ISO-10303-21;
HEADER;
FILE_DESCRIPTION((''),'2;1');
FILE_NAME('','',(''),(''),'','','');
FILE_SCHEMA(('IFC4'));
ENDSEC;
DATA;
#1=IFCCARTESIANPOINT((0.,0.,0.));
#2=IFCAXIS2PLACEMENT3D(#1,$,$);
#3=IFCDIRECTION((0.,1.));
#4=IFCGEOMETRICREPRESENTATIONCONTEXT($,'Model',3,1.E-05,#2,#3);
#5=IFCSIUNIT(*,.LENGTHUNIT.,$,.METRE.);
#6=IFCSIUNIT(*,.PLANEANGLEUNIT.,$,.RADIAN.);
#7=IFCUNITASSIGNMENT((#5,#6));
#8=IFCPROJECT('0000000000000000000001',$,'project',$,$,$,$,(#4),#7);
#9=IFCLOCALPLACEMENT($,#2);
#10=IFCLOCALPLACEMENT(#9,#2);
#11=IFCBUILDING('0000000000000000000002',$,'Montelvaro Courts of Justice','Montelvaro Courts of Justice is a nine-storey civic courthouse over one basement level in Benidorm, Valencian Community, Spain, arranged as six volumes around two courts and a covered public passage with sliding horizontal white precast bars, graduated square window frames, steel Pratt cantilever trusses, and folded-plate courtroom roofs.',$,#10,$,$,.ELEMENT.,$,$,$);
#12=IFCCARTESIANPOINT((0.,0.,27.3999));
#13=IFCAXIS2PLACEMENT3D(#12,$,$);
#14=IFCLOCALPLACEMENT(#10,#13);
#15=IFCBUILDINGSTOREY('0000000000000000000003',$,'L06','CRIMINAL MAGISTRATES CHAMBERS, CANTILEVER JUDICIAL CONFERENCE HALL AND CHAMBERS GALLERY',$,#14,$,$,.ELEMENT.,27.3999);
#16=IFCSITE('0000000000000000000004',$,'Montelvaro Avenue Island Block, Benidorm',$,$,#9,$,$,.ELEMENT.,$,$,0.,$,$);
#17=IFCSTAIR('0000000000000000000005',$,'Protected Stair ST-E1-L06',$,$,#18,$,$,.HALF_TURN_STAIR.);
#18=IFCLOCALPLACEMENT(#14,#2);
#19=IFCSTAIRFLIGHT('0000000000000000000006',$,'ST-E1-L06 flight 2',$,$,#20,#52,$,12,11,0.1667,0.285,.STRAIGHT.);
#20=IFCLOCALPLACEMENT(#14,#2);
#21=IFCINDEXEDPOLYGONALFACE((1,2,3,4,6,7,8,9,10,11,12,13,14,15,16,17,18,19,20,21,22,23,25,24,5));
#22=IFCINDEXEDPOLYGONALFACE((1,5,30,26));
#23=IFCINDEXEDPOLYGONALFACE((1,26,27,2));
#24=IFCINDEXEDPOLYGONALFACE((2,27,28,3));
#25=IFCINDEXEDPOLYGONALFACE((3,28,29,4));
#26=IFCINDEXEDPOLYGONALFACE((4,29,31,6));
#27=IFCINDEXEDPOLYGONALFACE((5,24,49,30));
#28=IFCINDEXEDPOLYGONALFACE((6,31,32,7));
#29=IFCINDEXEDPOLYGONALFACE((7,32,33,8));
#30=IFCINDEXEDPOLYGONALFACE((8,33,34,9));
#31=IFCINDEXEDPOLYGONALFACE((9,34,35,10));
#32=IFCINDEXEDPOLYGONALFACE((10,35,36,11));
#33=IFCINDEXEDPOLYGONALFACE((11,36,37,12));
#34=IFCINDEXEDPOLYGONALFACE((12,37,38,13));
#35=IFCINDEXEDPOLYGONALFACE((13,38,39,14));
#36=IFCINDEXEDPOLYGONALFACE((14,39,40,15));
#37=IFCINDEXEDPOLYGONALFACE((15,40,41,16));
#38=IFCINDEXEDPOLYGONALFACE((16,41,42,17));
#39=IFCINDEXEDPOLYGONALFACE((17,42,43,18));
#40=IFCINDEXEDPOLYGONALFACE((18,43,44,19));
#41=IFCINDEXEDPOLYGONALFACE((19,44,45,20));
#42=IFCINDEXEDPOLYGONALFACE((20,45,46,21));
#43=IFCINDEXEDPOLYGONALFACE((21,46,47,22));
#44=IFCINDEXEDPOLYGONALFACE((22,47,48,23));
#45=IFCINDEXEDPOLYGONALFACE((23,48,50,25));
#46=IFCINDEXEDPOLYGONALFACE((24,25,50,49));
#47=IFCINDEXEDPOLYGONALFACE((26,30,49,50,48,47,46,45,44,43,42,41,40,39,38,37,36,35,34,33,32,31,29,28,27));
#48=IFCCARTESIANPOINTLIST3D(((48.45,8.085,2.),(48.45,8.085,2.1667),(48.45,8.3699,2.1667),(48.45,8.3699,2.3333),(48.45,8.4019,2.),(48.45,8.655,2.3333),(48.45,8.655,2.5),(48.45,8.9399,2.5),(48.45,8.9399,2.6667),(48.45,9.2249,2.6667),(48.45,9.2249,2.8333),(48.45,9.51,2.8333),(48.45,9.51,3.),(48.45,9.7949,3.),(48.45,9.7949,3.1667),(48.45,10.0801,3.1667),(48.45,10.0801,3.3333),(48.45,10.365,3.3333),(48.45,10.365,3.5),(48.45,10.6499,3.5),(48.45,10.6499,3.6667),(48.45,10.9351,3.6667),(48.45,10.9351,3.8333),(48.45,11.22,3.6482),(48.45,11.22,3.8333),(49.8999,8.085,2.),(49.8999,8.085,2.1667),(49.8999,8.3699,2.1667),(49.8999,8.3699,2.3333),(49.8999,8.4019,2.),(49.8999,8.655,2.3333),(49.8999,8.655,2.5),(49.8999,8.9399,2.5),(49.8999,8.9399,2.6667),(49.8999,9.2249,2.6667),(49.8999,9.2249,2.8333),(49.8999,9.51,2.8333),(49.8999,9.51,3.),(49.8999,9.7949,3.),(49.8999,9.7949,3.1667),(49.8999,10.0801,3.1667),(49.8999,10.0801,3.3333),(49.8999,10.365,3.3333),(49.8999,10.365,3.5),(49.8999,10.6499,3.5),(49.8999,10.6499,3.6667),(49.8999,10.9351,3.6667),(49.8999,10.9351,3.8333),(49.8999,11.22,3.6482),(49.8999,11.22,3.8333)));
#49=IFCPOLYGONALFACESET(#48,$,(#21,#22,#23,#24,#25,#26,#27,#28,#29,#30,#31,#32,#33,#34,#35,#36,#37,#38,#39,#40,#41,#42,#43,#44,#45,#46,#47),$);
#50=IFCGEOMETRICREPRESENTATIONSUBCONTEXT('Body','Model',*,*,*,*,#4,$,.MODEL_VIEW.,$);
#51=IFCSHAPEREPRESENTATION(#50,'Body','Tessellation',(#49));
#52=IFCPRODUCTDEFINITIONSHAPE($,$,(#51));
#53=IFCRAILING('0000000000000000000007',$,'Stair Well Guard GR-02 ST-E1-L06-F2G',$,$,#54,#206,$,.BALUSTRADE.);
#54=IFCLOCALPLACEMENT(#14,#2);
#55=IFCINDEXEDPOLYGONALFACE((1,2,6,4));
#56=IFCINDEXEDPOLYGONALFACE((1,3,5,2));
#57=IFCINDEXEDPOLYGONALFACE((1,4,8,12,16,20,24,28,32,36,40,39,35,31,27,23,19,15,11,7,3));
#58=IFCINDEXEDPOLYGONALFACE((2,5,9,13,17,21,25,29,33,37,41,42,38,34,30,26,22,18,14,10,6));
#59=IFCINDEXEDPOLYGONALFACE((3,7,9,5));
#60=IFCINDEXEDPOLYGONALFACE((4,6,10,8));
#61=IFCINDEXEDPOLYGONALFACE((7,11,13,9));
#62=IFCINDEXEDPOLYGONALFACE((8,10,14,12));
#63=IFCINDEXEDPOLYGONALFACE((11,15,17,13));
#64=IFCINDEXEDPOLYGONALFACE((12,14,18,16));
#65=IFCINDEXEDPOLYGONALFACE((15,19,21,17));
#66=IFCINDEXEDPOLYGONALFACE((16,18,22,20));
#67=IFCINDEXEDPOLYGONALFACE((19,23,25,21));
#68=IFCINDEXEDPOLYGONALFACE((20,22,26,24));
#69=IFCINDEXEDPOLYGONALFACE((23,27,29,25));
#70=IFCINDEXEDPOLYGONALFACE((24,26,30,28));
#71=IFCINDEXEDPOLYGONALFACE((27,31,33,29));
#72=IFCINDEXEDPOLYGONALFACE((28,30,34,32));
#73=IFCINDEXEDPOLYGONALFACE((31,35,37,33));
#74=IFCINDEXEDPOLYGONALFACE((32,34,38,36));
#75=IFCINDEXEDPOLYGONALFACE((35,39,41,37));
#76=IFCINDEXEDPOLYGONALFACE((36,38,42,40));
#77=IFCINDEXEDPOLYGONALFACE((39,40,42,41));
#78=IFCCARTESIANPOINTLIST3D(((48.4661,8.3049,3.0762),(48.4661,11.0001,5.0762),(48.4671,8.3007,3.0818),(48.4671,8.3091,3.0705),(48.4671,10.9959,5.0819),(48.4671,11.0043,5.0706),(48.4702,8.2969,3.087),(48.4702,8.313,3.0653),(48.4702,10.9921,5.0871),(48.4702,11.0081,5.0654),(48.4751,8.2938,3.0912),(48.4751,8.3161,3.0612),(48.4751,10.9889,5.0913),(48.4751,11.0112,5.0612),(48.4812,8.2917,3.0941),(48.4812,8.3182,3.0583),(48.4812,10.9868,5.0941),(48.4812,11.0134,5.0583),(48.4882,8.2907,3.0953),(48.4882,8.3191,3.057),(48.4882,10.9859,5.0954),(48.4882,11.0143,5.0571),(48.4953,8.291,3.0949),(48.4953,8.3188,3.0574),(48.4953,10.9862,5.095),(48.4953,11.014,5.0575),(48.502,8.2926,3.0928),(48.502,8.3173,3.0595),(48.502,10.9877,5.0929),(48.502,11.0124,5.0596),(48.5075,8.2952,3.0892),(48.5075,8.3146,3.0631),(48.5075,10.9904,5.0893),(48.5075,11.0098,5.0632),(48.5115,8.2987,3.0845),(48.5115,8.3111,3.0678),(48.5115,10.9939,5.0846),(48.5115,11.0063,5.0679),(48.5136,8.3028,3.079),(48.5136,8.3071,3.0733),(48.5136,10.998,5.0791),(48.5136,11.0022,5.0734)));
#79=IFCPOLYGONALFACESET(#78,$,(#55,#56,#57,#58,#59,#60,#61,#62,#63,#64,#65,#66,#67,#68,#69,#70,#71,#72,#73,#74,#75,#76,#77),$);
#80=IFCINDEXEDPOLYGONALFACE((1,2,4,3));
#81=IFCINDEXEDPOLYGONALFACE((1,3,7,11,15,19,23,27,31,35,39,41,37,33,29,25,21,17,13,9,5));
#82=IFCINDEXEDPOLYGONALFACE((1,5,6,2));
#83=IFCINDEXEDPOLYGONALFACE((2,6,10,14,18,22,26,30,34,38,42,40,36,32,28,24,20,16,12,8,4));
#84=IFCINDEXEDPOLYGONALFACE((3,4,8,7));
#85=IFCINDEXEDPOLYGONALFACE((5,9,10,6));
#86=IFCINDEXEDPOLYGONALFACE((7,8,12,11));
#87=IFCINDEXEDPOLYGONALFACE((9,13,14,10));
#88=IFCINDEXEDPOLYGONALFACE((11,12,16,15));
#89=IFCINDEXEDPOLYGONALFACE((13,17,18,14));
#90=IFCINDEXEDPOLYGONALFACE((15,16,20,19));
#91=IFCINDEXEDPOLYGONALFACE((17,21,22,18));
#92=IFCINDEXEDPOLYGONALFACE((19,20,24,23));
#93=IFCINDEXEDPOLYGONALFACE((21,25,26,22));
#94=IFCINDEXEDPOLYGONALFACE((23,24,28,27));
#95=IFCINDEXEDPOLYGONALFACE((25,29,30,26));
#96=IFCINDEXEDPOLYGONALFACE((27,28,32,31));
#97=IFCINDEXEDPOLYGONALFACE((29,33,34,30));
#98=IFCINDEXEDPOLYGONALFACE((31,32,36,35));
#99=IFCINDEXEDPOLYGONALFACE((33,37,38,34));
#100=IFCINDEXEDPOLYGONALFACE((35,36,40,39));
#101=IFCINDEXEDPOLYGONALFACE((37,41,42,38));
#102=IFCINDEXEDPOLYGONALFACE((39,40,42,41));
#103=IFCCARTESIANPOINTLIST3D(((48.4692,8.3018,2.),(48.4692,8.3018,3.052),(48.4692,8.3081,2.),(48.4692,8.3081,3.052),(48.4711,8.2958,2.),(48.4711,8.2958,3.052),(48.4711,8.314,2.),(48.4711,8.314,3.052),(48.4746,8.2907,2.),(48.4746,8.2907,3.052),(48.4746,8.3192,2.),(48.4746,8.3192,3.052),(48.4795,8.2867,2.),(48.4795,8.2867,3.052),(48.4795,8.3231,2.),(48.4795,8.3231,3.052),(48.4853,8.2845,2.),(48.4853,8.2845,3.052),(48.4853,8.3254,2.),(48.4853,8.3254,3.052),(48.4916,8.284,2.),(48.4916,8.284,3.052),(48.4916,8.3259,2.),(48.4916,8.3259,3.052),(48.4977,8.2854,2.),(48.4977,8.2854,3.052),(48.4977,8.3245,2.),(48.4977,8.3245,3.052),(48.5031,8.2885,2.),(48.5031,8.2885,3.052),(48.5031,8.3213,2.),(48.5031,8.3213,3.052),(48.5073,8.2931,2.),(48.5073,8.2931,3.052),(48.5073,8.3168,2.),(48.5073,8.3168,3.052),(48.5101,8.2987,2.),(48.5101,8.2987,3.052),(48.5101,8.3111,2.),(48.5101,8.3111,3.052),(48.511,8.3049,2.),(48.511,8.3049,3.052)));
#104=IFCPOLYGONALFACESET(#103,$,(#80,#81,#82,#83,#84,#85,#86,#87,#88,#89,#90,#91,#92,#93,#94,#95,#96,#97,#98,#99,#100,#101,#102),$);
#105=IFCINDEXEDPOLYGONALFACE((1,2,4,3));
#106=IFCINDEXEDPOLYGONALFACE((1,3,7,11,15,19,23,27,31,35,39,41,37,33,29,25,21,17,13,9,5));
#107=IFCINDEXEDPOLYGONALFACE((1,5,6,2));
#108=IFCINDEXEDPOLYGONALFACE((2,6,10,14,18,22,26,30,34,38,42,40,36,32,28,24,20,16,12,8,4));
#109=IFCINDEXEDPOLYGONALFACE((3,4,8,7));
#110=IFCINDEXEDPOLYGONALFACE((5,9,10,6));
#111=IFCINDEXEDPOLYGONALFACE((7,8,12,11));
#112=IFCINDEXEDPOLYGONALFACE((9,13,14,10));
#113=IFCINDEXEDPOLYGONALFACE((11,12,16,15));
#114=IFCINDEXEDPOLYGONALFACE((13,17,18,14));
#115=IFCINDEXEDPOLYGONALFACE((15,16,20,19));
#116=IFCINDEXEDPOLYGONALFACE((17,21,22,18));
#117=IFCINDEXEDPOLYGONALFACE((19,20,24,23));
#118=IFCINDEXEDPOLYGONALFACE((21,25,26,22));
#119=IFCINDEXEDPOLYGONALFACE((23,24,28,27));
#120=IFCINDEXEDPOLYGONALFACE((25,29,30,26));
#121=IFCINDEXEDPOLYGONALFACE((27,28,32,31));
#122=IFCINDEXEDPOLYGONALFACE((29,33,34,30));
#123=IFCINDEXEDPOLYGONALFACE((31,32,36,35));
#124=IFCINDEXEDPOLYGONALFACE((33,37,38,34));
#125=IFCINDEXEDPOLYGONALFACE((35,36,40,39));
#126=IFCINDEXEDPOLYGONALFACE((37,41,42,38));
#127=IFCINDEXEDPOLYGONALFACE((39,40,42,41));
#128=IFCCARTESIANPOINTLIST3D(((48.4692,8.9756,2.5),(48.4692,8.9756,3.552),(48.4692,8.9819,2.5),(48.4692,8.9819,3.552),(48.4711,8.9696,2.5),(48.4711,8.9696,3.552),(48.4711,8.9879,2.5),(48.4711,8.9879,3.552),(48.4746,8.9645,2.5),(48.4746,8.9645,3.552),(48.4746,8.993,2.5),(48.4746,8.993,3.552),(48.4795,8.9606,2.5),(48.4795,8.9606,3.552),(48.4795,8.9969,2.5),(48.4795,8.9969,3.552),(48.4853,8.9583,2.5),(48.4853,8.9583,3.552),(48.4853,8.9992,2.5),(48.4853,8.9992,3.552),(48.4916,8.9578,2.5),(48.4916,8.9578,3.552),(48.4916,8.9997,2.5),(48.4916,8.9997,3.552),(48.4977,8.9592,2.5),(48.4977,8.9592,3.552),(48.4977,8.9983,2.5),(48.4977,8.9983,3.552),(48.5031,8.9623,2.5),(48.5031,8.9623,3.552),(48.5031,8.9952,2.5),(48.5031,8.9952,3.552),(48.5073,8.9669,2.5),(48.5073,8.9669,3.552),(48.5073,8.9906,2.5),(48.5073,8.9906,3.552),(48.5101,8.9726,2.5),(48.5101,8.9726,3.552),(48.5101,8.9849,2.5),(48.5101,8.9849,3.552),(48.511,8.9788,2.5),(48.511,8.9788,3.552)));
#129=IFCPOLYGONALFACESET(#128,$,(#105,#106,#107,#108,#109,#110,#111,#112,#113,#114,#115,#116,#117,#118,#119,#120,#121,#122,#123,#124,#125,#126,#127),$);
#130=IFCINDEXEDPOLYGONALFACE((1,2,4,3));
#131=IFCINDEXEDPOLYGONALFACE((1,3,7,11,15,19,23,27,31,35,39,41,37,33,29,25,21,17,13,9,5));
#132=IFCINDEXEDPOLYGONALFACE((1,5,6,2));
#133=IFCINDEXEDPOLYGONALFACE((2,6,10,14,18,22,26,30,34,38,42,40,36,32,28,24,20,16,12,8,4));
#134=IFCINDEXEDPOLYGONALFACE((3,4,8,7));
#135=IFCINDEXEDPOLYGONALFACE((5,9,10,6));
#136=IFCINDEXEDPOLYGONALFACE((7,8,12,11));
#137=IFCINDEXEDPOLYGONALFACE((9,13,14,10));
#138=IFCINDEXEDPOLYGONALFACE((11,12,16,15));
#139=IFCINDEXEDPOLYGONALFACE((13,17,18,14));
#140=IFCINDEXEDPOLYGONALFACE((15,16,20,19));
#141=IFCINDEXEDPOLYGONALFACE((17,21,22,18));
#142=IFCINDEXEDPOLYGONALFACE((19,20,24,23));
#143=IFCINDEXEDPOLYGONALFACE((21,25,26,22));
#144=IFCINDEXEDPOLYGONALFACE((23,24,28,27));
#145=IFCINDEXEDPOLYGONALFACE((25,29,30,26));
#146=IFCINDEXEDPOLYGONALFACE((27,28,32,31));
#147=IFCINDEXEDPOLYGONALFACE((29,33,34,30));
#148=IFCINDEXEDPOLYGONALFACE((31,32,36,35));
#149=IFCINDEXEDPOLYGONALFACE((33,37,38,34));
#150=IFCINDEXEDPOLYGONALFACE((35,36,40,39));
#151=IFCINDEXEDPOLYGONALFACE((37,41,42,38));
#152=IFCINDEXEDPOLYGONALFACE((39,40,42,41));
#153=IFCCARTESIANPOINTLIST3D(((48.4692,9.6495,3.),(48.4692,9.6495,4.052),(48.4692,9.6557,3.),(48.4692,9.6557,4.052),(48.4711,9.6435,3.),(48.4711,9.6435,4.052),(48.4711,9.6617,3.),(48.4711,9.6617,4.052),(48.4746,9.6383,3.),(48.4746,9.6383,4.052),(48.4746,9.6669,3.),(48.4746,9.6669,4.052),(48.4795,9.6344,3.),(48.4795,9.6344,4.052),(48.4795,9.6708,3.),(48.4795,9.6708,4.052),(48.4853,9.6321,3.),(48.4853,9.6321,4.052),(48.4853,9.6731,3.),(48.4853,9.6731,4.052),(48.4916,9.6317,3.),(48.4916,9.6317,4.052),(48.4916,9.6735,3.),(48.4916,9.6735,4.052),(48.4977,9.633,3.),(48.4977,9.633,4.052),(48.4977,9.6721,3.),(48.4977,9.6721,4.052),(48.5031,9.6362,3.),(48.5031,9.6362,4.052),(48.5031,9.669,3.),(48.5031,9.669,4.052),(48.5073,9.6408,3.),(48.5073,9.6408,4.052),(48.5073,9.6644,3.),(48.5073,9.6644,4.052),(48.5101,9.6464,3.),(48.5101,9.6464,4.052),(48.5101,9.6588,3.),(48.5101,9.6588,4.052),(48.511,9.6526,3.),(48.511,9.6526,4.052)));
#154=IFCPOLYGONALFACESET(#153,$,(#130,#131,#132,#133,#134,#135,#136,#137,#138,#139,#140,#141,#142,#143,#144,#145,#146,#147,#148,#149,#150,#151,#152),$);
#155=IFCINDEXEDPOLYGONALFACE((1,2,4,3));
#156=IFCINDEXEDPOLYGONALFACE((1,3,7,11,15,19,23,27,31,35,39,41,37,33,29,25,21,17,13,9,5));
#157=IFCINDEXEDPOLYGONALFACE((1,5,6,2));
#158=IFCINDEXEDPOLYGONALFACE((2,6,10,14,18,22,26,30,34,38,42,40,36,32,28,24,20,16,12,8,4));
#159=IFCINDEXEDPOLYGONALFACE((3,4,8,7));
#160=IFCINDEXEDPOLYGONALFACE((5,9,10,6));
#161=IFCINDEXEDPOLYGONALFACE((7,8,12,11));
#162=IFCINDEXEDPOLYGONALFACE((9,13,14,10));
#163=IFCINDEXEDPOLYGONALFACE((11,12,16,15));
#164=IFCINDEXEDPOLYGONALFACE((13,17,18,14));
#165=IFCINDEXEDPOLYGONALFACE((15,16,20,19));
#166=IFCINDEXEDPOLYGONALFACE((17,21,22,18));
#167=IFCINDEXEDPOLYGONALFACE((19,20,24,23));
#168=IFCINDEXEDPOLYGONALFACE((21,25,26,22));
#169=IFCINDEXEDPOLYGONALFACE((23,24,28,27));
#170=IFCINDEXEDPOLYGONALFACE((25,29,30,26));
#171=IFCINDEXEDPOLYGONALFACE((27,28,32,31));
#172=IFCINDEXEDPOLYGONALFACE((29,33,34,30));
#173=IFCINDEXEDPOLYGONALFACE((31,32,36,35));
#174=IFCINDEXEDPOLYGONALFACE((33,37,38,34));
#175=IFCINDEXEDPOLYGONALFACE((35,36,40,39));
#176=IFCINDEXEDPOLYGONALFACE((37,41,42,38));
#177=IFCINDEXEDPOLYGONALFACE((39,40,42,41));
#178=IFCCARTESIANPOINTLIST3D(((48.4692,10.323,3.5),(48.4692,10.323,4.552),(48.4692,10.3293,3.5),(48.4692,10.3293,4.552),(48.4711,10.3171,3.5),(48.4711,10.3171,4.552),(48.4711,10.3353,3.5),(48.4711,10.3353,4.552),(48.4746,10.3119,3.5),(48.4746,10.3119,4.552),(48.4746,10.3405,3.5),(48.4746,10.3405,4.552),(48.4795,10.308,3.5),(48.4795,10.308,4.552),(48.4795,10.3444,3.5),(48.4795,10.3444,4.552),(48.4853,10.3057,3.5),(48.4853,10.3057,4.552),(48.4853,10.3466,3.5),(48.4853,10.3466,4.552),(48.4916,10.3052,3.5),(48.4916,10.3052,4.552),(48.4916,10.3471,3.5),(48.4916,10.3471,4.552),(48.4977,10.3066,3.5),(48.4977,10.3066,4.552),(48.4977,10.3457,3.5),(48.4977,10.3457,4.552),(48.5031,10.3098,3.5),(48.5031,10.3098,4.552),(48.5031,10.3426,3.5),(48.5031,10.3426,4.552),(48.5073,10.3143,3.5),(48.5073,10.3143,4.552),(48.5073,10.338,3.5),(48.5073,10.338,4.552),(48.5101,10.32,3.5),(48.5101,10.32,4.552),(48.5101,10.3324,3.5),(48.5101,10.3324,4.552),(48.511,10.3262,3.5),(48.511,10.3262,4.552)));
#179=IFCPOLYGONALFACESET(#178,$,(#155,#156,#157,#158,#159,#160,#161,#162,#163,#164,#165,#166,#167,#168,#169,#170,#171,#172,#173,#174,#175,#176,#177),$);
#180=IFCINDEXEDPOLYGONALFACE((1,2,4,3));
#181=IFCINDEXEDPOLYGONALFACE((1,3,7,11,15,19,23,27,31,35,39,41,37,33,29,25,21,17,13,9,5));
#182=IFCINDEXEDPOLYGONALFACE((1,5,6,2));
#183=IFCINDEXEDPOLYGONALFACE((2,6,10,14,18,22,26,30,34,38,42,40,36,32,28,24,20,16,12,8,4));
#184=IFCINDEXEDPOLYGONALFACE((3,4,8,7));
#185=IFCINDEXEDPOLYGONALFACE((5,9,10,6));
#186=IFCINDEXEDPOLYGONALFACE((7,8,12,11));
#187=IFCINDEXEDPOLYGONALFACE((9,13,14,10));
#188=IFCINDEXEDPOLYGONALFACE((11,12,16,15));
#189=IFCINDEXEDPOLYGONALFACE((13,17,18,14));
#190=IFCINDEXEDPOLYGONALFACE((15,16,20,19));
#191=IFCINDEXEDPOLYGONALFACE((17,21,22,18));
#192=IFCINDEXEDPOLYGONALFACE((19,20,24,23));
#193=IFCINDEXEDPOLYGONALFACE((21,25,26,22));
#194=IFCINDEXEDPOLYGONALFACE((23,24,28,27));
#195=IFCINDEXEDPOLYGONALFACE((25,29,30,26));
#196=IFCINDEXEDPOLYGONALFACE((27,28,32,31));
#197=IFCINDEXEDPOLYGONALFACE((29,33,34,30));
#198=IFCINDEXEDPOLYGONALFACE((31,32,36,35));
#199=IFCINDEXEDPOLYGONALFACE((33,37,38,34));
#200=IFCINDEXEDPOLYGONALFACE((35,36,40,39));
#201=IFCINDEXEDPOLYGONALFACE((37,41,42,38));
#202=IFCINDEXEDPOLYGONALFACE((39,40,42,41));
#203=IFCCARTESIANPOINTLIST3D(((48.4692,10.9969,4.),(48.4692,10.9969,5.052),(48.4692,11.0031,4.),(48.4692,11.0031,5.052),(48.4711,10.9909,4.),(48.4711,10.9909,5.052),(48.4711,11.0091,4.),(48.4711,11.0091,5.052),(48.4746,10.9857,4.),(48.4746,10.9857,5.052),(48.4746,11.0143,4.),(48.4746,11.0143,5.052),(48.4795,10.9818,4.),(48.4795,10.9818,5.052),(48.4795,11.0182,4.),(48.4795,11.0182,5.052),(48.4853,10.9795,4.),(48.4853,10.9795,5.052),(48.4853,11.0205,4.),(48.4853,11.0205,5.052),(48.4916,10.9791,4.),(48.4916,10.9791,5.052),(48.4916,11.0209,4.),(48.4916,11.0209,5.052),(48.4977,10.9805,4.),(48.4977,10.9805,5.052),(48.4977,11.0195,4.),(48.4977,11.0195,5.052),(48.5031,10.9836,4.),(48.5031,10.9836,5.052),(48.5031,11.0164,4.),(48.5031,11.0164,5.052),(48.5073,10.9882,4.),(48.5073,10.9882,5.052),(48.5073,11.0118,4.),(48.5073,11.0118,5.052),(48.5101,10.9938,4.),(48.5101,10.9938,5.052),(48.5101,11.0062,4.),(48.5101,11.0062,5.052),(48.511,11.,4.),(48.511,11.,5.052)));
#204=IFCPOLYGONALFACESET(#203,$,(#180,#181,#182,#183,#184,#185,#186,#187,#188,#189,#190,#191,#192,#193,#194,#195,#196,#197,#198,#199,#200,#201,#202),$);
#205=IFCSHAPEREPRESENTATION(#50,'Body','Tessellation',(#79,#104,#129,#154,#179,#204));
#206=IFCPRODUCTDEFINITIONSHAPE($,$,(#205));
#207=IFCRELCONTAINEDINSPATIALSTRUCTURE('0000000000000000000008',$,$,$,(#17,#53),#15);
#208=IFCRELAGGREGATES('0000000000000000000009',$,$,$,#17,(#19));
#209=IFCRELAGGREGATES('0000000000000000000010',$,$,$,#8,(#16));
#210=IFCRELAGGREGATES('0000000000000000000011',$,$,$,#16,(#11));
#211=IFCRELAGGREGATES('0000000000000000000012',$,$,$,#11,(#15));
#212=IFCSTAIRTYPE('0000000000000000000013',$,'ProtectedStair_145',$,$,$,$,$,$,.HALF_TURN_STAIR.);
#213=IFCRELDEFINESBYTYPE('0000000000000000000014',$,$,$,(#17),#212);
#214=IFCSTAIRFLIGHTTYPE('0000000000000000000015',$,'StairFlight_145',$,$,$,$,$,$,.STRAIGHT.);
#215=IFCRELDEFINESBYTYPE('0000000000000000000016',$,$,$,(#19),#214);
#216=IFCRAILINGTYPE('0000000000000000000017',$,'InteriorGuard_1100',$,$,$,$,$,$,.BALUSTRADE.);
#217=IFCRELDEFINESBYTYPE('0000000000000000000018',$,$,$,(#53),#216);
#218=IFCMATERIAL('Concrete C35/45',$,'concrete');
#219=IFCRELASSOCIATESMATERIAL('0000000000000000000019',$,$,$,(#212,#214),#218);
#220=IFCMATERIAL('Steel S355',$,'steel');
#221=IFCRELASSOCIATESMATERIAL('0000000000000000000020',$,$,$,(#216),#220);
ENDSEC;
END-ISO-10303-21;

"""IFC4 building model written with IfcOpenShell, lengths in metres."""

from ifc_helpers import new_model, si_unit, direction, frame, origin, origin_2d, place, context, subcontext, project, spatial, polyline, circle, outline, extrude, material, type_object, element, aggregate, save


model = new_model("IFC4")

# Units and contexts
model_context = context("Model", 3, precision=1e-05, world=origin(), true_north=direction((0.0, 1.0)))
body_context = subcontext(model_context, "Body", "Model", "MODEL_VIEW")
ifc_project = project(units=[si_unit("LENGTHUNIT", "METRE"), si_unit("PLANEANGLEUNIT", "RADIAN")], contexts=[model_context])

# Site, building, storey
site_placement = place(None, origin())
site = spatial("IfcSite", under=ifc_project, at=site_placement, Name="Montelvaro Avenue Island Block, Benidorm", CompositionType="ELEMENT", RefElevation=0.0)
building_placement = place(site_placement, origin())
building = spatial("IfcBuilding", under=site, at=building_placement, Name="Montelvaro Courts of Justice", Description="Montelvaro Courts of Justice is a nine-storey civic courthouse over one basement level in Benidorm, Valencian Community, Spain, arranged as six volumes around two courts and a covered public passage with sliding horizontal white precast bars, graduated square window frames, steel Pratt cantilever trusses, and folded-plate courtroom roofs.", CompositionType="ELEMENT")
storey_placement = place(building_placement, frame((0.0, 0.0, 27.3999)))
storey = spatial("IfcBuildingStorey", under=building, at=storey_placement, Name="L06", Description="CRIMINAL MAGISTRATES CHAMBERS, CANTILEVER JUDICIAL CONFERENCE HALL AND CHAMBERS GALLERY", CompositionType="ELEMENT", Elevation=27.3999)

# Shared definitions
ifc_material_1 = material(Name="Steel S355", Category="steel")

# Shared definitions
ifc_material_2 = material(Name="Concrete C35/45", Category="concrete")

# Stair, stair flight
stair_type = type_object("IfcStairType", Name="ProtectedStair_145", PredefinedType="HALF_TURN_STAIR", material=ifc_material_2)
stair_placement = place(storey_placement, origin())
stair = element("IfcStair", 1, at=stair_placement, inside=storey, type_object=stair_type, Name="Protected Stair ST-E1-L06", PredefinedType="HALF_TURN_STAIR")
stair_flight_type = type_object("IfcStairFlightType", Name="StairFlight_145", PredefinedType="STRAIGHT", material=ifc_material_2)
stair_flight_placement = place(storey_placement, frame((49.175, 8.085, 2.0), z_axis=(0.0, 0.0, 1.0), x_axis=(0.0, 1.0, 0.0)))
stair_flight = element("IfcStairFlight", 2, at=stair_flight_placement, type_object=stair_flight_type, Name="ST-E1-L06 flight 2", NumberOfRisers=12, NumberOfTreads=11, PredefinedType="STRAIGHT", RiserHeight=0.1667, TreadLength=0.285, context=body_context, shape_type="SweptSolid", body=[
    extrude(outline(polyline([(0.0, 0.0), (0.0, 0.1667), (0.2849, 0.1667), (0.2849, 0.3333), (0.5701, 0.3333), (0.5701, 0.5), (0.855, 0.5), (0.855, 0.6667), (1.1399, 0.6667), (1.1399, 0.8333), (1.425, 0.8333), (1.425, 1.0), (1.71, 1.0), (1.71, 1.1667), (1.9951, 1.1667), (1.9951, 1.3333), (2.28, 1.3333), (2.28, 1.5), (2.5649, 1.5), (2.5649, 1.6667), (2.8501, 1.6667), (2.8501, 1.8333), (3.135, 1.8333), (3.135, 2.0), (3.135, 1.6482), (0.3169, 0.0), (0.0, 0.0)])), frame((0.0, 0.7251, 0.0), z_axis=(0.0, -1.0, 0.0), x_axis=(1.0, 0.0, 0.0)), (0.0, 0.0, 1.0), 1.45),
])
aggregate(stair, [stair_flight])

# Railing
railing_type = type_object("IfcRailingType", Name="InteriorGuard_1100", PredefinedType="BALUSTRADE", material=ifc_material_1)
railing_1_placement = place(storey_placement, frame((48.49, 8.3049, 2.0)))
element("IfcRailing", 3, at=railing_1_placement, inside=storey, type_object=railing_type, Name="Stair Well Guard GR-02 ST-E1-L06-F2G", PredefinedType="BALUSTRADE", context=body_context, shape_type="SweptSolid", body=[
    extrude(circle(Radius=0.0239, at=origin_2d()), frame((0.0, 0.0, 1.0762), z_axis=(0.0, 0.803036, 0.59593), x_axis=(-1.0, 0.0, 0.0)), (0.0, 0.0, 1.0), 3.3562),
    extrude(circle(Radius=0.021, at=origin_2d()), origin(), (0.0, 0.0, 1.0), 1.052),
    extrude(circle(Radius=0.021, at=origin_2d()), frame((0.0, 0.6738, 0.5)), (0.0, 0.0, 1.0), 1.052),
    extrude(circle(Radius=0.021, at=origin_2d()), frame((0.0, 1.3477, 1.0)), (0.0, 0.0, 1.0), 1.052),
    extrude(circle(Radius=0.021, at=origin_2d()), frame((0.0, 2.0212, 1.5)), (0.0, 0.0, 1.0), 1.052),
    extrude(circle(Radius=0.021, at=origin_2d()), frame((0.0, 2.6951, 2.0)), (0.0, 0.0, 1.0), 1.052),
])

save(model, "model.ifc")
